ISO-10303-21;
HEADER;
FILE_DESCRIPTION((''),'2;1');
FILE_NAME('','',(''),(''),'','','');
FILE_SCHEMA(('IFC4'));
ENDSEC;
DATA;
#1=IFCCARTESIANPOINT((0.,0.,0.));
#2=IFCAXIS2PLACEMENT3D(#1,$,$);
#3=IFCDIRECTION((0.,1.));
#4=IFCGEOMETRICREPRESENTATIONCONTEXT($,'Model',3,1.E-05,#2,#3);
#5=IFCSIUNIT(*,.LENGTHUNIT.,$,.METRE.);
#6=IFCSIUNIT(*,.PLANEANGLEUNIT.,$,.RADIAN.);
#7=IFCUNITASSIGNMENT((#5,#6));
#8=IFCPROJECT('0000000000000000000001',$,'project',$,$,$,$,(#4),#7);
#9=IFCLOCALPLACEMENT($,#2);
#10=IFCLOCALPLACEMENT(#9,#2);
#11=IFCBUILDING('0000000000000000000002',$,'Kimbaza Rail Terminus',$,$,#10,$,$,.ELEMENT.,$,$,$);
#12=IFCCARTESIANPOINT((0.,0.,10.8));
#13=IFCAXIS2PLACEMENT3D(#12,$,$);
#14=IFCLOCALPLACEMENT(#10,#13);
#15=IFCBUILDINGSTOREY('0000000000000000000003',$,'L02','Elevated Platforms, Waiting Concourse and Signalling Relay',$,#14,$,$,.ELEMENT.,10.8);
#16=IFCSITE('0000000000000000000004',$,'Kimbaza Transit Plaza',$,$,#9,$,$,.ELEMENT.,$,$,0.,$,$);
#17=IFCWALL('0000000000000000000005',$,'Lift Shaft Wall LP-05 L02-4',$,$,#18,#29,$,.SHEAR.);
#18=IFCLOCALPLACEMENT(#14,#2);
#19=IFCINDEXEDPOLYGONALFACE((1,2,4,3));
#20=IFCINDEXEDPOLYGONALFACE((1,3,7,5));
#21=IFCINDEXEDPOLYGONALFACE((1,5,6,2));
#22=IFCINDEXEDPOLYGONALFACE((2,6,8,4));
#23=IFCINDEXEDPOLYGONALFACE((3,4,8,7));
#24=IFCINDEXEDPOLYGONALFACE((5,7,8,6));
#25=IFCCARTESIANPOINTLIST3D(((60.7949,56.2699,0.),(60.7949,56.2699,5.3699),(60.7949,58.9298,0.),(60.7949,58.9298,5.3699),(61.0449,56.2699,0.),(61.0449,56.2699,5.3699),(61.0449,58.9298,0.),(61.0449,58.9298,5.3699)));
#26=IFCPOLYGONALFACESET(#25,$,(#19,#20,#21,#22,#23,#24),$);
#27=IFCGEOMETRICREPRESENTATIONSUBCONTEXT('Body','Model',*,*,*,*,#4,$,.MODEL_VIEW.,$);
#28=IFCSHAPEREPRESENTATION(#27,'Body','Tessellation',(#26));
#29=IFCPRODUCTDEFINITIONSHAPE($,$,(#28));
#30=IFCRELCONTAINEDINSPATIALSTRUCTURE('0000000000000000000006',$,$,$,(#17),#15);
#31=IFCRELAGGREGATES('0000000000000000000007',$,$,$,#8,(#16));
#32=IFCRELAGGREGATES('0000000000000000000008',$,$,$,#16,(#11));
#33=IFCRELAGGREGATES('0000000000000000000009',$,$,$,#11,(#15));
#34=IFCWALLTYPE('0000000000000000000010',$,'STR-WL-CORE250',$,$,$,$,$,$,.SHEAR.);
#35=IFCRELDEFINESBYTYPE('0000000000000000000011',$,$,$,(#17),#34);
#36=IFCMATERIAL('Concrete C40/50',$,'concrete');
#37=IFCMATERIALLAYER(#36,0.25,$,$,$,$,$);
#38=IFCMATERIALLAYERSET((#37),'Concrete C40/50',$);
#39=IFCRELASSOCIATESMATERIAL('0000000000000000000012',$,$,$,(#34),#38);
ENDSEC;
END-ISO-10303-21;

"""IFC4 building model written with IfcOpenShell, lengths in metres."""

from ifc_helpers import new_model, si_unit, direction, frame, frame_2d, origin, place, context, subcontext, project, spatial, rectangle, extrude, material, layer, layer_set, type_object, element, save


model = new_model("IFC4")

# Units and contexts
model_context = context("Model", 3, precision=1e-05, world=origin(), true_north=direction((0.0, 1.0)))
body_context = subcontext(model_context, "Body", "Model", "MODEL_VIEW")
ifc_project = project(units=[si_unit("LENGTHUNIT", "METRE"), si_unit("PLANEANGLEUNIT", "RADIAN")], contexts=[model_context])

# Site, building, storey
site_placement = place(None, origin())
site = spatial("IfcSite", under=ifc_project, at=site_placement, Name="Kimbaza Transit Plaza", CompositionType="ELEMENT", RefElevation=0.0)
building_placement = place(site_placement, origin())
building = spatial("IfcBuilding", under=site, at=building_placement, Name="Kimbaza Rail Terminus", CompositionType="ELEMENT")
storey_placement = place(building_placement, frame((0.0, 0.0, 10.8)))
storey = spatial("IfcBuildingStorey", under=building, at=storey_placement, Name="L02", Description="Elevated Platforms, Waiting Concourse and Signalling Relay", CompositionType="ELEMENT", Elevation=10.8)

# Shared definitions
ifc_material_1 = material(Name="Concrete C40/50", Category="concrete")
ifc_layer_1 = layer(ifc_material_1, 0.25)
ifc_layer_set_1 = layer_set([ifc_layer_1], Name="Concrete C40/50")
wall_type = type_object("IfcWallType", Name="STR-WL-CORE250", PredefinedType="SHEAR", material=ifc_layer_set_1)

# Wall
wall_1_placement = place(storey_placement, frame((60.9199, 58.9299, 0.0), z_axis=(0.0, 0.0, 1.0), x_axis=(0.0, -1.0, 0.0)))
element("IfcWall", 1, at=wall_1_placement, inside=storey, type_object=wall_type, Name="Lift Shaft Wall LP-05 L02-4", PredefinedType="SHEAR", context=body_context, shape_type="SweptSolid", body=[
    extrude(rectangle(XDim=2.6599, YDim=0.25, at=frame_2d((1.3301, 0.0))), origin(), (0.0, 0.0, 1.0), 5.3699),
])

save(model, "model.ifc")
